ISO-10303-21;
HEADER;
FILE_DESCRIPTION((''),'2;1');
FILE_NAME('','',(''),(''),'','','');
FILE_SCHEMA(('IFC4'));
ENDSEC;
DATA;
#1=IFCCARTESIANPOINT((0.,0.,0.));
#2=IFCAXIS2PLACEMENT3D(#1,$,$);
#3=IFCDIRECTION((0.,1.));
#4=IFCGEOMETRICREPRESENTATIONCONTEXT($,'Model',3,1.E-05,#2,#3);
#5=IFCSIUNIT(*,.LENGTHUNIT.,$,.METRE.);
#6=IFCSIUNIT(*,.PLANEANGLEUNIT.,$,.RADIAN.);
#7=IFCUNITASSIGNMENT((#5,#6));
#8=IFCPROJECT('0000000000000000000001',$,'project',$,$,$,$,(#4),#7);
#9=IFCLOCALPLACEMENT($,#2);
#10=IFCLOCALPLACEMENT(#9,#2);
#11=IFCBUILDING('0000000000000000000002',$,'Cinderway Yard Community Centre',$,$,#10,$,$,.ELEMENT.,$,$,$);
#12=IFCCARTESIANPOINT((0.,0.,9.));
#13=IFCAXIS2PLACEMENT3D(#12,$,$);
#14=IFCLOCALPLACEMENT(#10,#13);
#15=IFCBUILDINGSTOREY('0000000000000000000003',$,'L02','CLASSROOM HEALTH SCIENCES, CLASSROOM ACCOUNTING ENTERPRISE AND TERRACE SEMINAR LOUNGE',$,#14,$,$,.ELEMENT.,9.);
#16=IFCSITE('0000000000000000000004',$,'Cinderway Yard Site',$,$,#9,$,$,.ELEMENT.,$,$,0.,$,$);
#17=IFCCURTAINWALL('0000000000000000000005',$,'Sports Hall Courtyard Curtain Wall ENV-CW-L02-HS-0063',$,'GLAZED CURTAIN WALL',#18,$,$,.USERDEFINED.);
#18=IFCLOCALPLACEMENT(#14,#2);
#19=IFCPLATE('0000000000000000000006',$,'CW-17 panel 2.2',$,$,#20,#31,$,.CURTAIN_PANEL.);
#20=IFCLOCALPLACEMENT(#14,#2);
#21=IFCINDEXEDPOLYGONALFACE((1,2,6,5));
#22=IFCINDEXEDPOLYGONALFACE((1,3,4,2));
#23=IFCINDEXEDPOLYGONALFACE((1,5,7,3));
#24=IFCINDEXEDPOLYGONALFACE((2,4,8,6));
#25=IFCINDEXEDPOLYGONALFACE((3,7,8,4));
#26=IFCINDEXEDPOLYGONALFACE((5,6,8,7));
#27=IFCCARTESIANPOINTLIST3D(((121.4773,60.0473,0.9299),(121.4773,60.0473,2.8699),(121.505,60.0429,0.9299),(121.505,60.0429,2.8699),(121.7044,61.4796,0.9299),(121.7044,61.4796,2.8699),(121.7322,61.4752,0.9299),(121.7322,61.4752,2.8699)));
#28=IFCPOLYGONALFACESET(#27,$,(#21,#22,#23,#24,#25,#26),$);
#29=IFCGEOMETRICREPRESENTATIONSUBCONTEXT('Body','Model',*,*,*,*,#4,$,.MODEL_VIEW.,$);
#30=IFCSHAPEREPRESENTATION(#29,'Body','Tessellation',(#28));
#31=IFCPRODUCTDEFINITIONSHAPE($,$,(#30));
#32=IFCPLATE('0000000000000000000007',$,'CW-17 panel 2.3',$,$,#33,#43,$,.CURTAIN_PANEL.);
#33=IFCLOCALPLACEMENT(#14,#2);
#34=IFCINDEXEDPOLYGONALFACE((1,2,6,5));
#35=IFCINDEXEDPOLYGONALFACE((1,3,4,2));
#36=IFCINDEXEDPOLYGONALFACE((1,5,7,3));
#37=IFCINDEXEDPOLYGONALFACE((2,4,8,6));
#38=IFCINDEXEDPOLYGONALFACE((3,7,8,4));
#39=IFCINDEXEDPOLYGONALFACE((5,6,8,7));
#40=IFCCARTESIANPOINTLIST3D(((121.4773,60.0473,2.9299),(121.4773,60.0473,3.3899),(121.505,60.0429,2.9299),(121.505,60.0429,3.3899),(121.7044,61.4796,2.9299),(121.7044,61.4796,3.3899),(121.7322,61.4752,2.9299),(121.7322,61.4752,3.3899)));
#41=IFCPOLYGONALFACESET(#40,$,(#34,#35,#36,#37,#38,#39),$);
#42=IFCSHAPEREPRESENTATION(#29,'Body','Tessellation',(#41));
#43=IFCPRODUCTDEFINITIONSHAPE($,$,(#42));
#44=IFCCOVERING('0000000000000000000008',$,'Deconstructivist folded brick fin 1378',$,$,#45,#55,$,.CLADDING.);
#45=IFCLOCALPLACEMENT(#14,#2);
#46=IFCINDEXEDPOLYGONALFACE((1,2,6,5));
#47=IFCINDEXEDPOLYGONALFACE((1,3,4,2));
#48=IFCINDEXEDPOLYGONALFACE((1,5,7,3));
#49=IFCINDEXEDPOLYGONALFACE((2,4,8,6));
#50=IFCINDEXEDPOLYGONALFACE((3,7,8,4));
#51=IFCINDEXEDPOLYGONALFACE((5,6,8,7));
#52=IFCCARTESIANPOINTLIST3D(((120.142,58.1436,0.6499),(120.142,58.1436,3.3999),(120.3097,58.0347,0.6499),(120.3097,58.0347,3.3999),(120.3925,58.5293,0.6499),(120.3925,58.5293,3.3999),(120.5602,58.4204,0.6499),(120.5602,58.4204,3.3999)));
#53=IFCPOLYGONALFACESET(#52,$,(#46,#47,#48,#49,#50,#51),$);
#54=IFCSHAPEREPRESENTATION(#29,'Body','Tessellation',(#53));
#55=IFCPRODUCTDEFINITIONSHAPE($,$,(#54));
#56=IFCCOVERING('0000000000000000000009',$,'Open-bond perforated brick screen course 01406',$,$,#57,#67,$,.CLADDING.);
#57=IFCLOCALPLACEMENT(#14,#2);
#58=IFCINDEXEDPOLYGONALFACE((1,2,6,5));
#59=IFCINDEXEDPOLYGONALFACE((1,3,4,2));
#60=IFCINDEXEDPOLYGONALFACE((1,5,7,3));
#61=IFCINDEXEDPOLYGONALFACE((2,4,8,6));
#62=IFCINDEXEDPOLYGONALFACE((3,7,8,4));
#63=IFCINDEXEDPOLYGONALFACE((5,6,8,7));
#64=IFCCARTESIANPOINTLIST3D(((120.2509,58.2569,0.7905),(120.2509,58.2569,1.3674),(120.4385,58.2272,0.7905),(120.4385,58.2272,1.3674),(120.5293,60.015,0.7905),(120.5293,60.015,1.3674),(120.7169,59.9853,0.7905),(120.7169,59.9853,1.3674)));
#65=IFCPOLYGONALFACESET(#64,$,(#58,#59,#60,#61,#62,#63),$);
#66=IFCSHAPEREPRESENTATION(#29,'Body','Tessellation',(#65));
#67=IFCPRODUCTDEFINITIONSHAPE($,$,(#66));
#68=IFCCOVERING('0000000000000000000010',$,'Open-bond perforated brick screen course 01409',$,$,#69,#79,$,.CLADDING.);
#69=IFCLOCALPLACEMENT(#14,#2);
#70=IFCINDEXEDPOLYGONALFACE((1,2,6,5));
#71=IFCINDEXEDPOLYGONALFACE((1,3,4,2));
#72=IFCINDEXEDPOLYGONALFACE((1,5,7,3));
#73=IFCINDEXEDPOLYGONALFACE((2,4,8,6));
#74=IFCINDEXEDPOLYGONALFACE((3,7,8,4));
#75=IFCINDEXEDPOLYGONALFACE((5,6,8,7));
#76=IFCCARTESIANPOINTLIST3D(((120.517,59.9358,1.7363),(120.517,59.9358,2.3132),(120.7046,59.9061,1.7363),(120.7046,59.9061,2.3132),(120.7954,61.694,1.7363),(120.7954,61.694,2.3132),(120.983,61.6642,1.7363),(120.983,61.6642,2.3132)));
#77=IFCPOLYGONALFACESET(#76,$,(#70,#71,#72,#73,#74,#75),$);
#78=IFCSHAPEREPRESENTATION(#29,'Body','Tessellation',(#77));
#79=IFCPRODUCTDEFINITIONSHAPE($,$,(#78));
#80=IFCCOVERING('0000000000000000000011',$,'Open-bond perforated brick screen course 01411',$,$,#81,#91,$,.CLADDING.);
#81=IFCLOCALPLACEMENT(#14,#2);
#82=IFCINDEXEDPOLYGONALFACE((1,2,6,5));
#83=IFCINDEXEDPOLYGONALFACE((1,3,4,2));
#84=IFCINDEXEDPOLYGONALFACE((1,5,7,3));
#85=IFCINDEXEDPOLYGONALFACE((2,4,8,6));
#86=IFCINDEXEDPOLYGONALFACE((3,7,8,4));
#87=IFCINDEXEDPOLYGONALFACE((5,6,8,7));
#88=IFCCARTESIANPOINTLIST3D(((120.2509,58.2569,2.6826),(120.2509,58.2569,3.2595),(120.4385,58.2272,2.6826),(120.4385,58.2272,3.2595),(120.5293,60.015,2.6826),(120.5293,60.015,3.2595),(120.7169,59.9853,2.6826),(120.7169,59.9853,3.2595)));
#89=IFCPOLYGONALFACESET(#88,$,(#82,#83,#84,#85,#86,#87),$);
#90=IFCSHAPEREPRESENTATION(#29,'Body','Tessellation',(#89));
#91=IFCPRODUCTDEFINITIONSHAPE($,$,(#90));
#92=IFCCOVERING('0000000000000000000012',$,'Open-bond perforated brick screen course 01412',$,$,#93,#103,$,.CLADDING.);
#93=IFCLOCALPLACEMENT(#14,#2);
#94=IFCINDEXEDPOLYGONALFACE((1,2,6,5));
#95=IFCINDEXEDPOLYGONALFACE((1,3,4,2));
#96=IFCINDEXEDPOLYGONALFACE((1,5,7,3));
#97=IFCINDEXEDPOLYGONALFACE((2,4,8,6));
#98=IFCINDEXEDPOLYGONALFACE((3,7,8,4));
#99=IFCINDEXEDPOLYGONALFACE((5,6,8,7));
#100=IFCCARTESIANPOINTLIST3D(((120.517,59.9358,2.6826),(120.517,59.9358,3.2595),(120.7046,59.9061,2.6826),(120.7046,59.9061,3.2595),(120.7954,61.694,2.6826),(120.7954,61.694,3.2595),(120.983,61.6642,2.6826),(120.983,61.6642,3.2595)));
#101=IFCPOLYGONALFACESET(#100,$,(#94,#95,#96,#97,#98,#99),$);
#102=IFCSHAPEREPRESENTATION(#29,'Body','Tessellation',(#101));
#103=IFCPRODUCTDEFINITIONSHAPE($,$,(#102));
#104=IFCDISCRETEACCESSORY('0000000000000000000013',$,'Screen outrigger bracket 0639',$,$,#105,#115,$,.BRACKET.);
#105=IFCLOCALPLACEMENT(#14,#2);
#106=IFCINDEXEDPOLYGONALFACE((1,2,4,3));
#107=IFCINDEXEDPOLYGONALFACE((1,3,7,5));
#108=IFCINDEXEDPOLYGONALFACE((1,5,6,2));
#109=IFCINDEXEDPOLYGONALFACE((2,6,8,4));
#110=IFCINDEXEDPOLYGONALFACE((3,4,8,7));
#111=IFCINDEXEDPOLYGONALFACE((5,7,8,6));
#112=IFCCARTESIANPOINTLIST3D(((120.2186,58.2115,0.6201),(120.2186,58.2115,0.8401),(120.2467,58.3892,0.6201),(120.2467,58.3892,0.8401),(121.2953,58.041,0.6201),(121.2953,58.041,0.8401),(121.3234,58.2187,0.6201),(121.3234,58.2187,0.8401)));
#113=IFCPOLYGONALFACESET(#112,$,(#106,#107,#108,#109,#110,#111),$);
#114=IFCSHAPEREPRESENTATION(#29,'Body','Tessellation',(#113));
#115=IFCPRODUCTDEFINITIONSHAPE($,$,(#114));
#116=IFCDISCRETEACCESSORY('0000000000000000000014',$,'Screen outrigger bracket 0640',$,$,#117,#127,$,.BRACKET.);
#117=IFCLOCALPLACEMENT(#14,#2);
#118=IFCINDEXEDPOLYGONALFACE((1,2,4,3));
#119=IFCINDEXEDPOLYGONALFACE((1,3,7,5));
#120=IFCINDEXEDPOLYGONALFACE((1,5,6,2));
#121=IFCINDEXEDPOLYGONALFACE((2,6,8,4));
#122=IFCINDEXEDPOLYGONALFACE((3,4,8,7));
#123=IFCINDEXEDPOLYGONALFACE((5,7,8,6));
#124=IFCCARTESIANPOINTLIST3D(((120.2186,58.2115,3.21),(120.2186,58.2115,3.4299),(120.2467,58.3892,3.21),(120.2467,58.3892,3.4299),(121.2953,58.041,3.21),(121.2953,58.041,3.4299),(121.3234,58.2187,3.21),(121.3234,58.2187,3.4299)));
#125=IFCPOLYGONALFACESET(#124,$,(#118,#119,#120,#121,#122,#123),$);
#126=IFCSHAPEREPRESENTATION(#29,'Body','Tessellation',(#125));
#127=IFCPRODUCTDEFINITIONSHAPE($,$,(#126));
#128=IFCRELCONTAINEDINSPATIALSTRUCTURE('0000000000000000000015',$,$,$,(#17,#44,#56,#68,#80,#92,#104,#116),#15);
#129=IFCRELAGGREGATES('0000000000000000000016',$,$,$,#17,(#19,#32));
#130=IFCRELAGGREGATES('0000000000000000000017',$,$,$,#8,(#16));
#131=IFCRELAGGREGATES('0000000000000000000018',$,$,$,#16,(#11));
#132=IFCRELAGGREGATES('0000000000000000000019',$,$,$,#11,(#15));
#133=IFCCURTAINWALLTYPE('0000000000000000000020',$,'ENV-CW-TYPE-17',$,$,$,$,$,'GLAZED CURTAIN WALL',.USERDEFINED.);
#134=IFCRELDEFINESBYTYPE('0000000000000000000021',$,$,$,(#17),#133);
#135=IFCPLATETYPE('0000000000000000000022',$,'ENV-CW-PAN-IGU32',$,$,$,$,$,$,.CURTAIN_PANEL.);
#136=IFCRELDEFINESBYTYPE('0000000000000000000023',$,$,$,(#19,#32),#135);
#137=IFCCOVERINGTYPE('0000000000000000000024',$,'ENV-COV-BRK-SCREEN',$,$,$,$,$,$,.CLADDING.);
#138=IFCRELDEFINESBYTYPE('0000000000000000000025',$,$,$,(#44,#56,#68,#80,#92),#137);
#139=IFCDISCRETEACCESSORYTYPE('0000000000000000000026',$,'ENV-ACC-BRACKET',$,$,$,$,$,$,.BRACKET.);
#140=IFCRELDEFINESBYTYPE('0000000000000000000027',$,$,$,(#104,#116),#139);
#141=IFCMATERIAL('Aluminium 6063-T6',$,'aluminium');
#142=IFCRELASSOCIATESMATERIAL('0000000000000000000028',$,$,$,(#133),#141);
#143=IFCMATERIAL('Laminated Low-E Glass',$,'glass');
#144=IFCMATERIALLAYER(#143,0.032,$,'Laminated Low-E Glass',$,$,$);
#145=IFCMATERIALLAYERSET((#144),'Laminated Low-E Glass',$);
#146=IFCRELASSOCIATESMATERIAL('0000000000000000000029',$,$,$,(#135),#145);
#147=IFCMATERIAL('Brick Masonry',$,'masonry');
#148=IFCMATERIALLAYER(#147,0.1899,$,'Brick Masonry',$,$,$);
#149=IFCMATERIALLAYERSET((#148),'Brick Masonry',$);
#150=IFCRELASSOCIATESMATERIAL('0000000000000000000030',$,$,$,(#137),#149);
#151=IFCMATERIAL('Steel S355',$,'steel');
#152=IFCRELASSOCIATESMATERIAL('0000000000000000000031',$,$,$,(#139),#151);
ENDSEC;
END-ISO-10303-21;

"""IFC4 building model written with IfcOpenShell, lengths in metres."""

from ifc_helpers import new_model, si_unit, direction, frame, origin, origin_2d, place, context, subcontext, project, spatial, rectangle, extrude, material, layer, layer_set, type_object, element, aggregate, save


model = new_model("IFC4")

# Units and contexts
model_context = context("Model", 3, precision=1e-05, world=origin(), true_north=direction((0.0, 1.0)))
body_context = subcontext(model_context, "Body", "Model", "MODEL_VIEW")
ifc_project = project(units=[si_unit("LENGTHUNIT", "METRE"), si_unit("PLANEANGLEUNIT", "RADIAN")], contexts=[model_context])

# Site, building, storey
site_placement = place(None, origin())
site = spatial("IfcSite", under=ifc_project, at=site_placement, Name="Cinderway Yard Site", CompositionType="ELEMENT", RefElevation=0.0)
building_placement = place(site_placement, origin())
building = spatial("IfcBuilding", under=site, at=building_placement, Name="Cinderway Yard Community Centre", CompositionType="ELEMENT")
storey_placement = place(building_placement, frame((0.0, 0.0, 9.0)))
storey = spatial("IfcBuildingStorey", under=building, at=storey_placement, Name="L02", Description="CLASSROOM HEALTH SCIENCES, CLASSROOM ACCOUNTING ENTERPRISE AND TERRACE SEMINAR LOUNGE", CompositionType="ELEMENT", Elevation=9.0)

# Curtain wall
ifc_material_1 = material(Name="Aluminium 6063-T6", Category="aluminium")
curtain_wall_type = type_object("IfcCurtainWallType", Name="ENV-CW-TYPE-17", ElementType="GLAZED CURTAIN WALL", PredefinedType="USERDEFINED", material=ifc_material_1)
curtain_wall_placement = place(storey_placement, origin())
curtain_wall = element("IfcCurtainWall", 1, at=curtain_wall_placement, inside=storey, type_object=curtain_wall_type, Name="Sports Hall Courtyard Curtain Wall ENV-CW-L02-HS-0063", ObjectType="GLAZED CURTAIN WALL", PredefinedType="USERDEFINED")

# Shared definitions
ifc_material_2 = material(Name="Steel S355", Category="steel")

# Plates
ifc_material_3 = material(Name="Laminated Low-E Glass", Category="glass")
ifc_layer_1 = layer(ifc_material_3, 0.032, Name="Laminated Low-E Glass")
ifc_layer_set_1 = layer_set([ifc_layer_1], Name="Laminated Low-E Glass")
plate_type = type_object("IfcPlateType", Name="ENV-CW-PAN-IGU32", PredefinedType="CURTAIN_PANEL", material=ifc_layer_set_1)
plate_1_placement = place(storey_placement, frame((121.6047, 60.7612, 0.9299), z_axis=(0.0, 0.0, 1.0), x_axis=(0.156609, 0.987661, 0.0)))
plate_1 = element("IfcPlate", 2, at=plate_1_placement, type_object=plate_type, Name="CW-17 panel 2.2", PredefinedType="CURTAIN_PANEL", context=body_context, shape_type="SweptSolid", body=[
    extrude(rectangle(XDim=1.4502, YDim=0.0281, at=origin_2d()), origin(), (0.0, 0.0, 1.0), 1.9399),
])
plate_2_placement = place(storey_placement, frame((121.6047, 60.7612, 2.9299), z_axis=(0.0, 0.0, 1.0), x_axis=(0.156609, 0.987661, 0.0)))
plate_2 = element("IfcPlate", 3, at=plate_2_placement, type_object=plate_type, Name="CW-17 panel 2.3", PredefinedType="CURTAIN_PANEL", context=body_context, shape_type="SweptSolid", body=[
    extrude(rectangle(XDim=1.4502, YDim=0.0281, at=origin_2d()), origin(), (0.0, 0.0, 1.0), 0.46),
])
aggregate(curtain_wall, [plate_1, plate_2])

# Coverings
ifc_material_4 = material(Name="Brick Masonry", Category="masonry")
ifc_layer_2 = layer(ifc_material_4, 0.1899, Name="Brick Masonry")
ifc_layer_set_2 = layer_set([ifc_layer_2], Name="Brick Masonry")
covering_type = type_object("IfcCoveringType", Name="ENV-COV-BRK-SCREEN", PredefinedType="CLADDING", material=ifc_layer_set_2)
covering_placement = place(storey_placement, frame((120.3511, 58.282, 0.6499), z_axis=(0.0, 0.0, 1.0), x_axis=(0.544639, 0.838671, 0.0)))
element("IfcCovering", 4, at=covering_placement, inside=storey, type_object=covering_type, Name="Deconstructivist folded brick fin 1378", PredefinedType="CLADDING", context=body_context, shape_type="SweptSolid", body=[
    extrude(rectangle(XDim=0.46, YDim=0.2, at=origin_2d()), origin(), (0.0, 0.0, 1.0), 2.75),
])
for number, where, z_axis, x_axis, name in (
    (5, (120.4839, 59.1211, 0.7905), (0.0, 0.0, 1.0), (0.156434, 0.987688, 0.0), "Open-bond perforated brick screen course 01406"),
    (6, (120.75, 60.8, 1.7363), (0.0, 0.0, 1.0), (0.156434, 0.987688, 0.0), "Open-bond perforated brick screen course 01409"),
    (7, (120.4839, 59.1211, 2.6826), (0.0, 0.0, 1.0), (0.156434, 0.987688, 0.0), "Open-bond perforated brick screen course 01411"),
    (8, (120.75, 60.8, 2.6826), (0.0, 0.0, 1.0), (0.156434, 0.987688, 0.0), "Open-bond perforated brick screen course 01412"),
):
    element("IfcCovering", number, at=place(storey_placement, frame(where, z_axis=z_axis, x_axis=x_axis)), inside=storey, type_object=covering_type, Name=name, PredefinedType="CLADDING", context=body_context, shape_type="SweptSolid", body=[
        extrude(rectangle(XDim=1.78, YDim=0.1899, at=origin_2d()), origin(), (0.0, 0.0, 1.0), 0.5769),
    ])

# Discrete accessories
discrete_accessory_type = type_object("IfcDiscreteAccessoryType", Name="ENV-ACC-BRACKET", PredefinedType="BRACKET", material=ifc_material_2)
for number, where, z_axis, x_axis, name in (
    (9, (120.771, 58.2151, 0.6201), (0.0, 0.0, 1.0), (-0.987688, 0.156434, 0.0), "Screen outrigger bracket 0639"),
    (10, (120.771, 58.2151, 3.21), (0.0, 0.0, 1.0), (-0.987688, 0.156434, 0.0), "Screen outrigger bracket 0640"),
):
    element("IfcDiscreteAccessory", number, at=place(storey_placement, frame(where, z_axis=z_axis, x_axis=x_axis)), inside=storey, type_object=discrete_accessory_type, Name=name, PredefinedType="BRACKET", context=body_context, shape_type="SweptSolid", body=[
        extrude(rectangle(XDim=1.0901, YDim=0.1799, at=origin_2d()), origin(), (0.0, 0.0, 1.0), 0.22),
    ])

save(model, "model.ifc")
